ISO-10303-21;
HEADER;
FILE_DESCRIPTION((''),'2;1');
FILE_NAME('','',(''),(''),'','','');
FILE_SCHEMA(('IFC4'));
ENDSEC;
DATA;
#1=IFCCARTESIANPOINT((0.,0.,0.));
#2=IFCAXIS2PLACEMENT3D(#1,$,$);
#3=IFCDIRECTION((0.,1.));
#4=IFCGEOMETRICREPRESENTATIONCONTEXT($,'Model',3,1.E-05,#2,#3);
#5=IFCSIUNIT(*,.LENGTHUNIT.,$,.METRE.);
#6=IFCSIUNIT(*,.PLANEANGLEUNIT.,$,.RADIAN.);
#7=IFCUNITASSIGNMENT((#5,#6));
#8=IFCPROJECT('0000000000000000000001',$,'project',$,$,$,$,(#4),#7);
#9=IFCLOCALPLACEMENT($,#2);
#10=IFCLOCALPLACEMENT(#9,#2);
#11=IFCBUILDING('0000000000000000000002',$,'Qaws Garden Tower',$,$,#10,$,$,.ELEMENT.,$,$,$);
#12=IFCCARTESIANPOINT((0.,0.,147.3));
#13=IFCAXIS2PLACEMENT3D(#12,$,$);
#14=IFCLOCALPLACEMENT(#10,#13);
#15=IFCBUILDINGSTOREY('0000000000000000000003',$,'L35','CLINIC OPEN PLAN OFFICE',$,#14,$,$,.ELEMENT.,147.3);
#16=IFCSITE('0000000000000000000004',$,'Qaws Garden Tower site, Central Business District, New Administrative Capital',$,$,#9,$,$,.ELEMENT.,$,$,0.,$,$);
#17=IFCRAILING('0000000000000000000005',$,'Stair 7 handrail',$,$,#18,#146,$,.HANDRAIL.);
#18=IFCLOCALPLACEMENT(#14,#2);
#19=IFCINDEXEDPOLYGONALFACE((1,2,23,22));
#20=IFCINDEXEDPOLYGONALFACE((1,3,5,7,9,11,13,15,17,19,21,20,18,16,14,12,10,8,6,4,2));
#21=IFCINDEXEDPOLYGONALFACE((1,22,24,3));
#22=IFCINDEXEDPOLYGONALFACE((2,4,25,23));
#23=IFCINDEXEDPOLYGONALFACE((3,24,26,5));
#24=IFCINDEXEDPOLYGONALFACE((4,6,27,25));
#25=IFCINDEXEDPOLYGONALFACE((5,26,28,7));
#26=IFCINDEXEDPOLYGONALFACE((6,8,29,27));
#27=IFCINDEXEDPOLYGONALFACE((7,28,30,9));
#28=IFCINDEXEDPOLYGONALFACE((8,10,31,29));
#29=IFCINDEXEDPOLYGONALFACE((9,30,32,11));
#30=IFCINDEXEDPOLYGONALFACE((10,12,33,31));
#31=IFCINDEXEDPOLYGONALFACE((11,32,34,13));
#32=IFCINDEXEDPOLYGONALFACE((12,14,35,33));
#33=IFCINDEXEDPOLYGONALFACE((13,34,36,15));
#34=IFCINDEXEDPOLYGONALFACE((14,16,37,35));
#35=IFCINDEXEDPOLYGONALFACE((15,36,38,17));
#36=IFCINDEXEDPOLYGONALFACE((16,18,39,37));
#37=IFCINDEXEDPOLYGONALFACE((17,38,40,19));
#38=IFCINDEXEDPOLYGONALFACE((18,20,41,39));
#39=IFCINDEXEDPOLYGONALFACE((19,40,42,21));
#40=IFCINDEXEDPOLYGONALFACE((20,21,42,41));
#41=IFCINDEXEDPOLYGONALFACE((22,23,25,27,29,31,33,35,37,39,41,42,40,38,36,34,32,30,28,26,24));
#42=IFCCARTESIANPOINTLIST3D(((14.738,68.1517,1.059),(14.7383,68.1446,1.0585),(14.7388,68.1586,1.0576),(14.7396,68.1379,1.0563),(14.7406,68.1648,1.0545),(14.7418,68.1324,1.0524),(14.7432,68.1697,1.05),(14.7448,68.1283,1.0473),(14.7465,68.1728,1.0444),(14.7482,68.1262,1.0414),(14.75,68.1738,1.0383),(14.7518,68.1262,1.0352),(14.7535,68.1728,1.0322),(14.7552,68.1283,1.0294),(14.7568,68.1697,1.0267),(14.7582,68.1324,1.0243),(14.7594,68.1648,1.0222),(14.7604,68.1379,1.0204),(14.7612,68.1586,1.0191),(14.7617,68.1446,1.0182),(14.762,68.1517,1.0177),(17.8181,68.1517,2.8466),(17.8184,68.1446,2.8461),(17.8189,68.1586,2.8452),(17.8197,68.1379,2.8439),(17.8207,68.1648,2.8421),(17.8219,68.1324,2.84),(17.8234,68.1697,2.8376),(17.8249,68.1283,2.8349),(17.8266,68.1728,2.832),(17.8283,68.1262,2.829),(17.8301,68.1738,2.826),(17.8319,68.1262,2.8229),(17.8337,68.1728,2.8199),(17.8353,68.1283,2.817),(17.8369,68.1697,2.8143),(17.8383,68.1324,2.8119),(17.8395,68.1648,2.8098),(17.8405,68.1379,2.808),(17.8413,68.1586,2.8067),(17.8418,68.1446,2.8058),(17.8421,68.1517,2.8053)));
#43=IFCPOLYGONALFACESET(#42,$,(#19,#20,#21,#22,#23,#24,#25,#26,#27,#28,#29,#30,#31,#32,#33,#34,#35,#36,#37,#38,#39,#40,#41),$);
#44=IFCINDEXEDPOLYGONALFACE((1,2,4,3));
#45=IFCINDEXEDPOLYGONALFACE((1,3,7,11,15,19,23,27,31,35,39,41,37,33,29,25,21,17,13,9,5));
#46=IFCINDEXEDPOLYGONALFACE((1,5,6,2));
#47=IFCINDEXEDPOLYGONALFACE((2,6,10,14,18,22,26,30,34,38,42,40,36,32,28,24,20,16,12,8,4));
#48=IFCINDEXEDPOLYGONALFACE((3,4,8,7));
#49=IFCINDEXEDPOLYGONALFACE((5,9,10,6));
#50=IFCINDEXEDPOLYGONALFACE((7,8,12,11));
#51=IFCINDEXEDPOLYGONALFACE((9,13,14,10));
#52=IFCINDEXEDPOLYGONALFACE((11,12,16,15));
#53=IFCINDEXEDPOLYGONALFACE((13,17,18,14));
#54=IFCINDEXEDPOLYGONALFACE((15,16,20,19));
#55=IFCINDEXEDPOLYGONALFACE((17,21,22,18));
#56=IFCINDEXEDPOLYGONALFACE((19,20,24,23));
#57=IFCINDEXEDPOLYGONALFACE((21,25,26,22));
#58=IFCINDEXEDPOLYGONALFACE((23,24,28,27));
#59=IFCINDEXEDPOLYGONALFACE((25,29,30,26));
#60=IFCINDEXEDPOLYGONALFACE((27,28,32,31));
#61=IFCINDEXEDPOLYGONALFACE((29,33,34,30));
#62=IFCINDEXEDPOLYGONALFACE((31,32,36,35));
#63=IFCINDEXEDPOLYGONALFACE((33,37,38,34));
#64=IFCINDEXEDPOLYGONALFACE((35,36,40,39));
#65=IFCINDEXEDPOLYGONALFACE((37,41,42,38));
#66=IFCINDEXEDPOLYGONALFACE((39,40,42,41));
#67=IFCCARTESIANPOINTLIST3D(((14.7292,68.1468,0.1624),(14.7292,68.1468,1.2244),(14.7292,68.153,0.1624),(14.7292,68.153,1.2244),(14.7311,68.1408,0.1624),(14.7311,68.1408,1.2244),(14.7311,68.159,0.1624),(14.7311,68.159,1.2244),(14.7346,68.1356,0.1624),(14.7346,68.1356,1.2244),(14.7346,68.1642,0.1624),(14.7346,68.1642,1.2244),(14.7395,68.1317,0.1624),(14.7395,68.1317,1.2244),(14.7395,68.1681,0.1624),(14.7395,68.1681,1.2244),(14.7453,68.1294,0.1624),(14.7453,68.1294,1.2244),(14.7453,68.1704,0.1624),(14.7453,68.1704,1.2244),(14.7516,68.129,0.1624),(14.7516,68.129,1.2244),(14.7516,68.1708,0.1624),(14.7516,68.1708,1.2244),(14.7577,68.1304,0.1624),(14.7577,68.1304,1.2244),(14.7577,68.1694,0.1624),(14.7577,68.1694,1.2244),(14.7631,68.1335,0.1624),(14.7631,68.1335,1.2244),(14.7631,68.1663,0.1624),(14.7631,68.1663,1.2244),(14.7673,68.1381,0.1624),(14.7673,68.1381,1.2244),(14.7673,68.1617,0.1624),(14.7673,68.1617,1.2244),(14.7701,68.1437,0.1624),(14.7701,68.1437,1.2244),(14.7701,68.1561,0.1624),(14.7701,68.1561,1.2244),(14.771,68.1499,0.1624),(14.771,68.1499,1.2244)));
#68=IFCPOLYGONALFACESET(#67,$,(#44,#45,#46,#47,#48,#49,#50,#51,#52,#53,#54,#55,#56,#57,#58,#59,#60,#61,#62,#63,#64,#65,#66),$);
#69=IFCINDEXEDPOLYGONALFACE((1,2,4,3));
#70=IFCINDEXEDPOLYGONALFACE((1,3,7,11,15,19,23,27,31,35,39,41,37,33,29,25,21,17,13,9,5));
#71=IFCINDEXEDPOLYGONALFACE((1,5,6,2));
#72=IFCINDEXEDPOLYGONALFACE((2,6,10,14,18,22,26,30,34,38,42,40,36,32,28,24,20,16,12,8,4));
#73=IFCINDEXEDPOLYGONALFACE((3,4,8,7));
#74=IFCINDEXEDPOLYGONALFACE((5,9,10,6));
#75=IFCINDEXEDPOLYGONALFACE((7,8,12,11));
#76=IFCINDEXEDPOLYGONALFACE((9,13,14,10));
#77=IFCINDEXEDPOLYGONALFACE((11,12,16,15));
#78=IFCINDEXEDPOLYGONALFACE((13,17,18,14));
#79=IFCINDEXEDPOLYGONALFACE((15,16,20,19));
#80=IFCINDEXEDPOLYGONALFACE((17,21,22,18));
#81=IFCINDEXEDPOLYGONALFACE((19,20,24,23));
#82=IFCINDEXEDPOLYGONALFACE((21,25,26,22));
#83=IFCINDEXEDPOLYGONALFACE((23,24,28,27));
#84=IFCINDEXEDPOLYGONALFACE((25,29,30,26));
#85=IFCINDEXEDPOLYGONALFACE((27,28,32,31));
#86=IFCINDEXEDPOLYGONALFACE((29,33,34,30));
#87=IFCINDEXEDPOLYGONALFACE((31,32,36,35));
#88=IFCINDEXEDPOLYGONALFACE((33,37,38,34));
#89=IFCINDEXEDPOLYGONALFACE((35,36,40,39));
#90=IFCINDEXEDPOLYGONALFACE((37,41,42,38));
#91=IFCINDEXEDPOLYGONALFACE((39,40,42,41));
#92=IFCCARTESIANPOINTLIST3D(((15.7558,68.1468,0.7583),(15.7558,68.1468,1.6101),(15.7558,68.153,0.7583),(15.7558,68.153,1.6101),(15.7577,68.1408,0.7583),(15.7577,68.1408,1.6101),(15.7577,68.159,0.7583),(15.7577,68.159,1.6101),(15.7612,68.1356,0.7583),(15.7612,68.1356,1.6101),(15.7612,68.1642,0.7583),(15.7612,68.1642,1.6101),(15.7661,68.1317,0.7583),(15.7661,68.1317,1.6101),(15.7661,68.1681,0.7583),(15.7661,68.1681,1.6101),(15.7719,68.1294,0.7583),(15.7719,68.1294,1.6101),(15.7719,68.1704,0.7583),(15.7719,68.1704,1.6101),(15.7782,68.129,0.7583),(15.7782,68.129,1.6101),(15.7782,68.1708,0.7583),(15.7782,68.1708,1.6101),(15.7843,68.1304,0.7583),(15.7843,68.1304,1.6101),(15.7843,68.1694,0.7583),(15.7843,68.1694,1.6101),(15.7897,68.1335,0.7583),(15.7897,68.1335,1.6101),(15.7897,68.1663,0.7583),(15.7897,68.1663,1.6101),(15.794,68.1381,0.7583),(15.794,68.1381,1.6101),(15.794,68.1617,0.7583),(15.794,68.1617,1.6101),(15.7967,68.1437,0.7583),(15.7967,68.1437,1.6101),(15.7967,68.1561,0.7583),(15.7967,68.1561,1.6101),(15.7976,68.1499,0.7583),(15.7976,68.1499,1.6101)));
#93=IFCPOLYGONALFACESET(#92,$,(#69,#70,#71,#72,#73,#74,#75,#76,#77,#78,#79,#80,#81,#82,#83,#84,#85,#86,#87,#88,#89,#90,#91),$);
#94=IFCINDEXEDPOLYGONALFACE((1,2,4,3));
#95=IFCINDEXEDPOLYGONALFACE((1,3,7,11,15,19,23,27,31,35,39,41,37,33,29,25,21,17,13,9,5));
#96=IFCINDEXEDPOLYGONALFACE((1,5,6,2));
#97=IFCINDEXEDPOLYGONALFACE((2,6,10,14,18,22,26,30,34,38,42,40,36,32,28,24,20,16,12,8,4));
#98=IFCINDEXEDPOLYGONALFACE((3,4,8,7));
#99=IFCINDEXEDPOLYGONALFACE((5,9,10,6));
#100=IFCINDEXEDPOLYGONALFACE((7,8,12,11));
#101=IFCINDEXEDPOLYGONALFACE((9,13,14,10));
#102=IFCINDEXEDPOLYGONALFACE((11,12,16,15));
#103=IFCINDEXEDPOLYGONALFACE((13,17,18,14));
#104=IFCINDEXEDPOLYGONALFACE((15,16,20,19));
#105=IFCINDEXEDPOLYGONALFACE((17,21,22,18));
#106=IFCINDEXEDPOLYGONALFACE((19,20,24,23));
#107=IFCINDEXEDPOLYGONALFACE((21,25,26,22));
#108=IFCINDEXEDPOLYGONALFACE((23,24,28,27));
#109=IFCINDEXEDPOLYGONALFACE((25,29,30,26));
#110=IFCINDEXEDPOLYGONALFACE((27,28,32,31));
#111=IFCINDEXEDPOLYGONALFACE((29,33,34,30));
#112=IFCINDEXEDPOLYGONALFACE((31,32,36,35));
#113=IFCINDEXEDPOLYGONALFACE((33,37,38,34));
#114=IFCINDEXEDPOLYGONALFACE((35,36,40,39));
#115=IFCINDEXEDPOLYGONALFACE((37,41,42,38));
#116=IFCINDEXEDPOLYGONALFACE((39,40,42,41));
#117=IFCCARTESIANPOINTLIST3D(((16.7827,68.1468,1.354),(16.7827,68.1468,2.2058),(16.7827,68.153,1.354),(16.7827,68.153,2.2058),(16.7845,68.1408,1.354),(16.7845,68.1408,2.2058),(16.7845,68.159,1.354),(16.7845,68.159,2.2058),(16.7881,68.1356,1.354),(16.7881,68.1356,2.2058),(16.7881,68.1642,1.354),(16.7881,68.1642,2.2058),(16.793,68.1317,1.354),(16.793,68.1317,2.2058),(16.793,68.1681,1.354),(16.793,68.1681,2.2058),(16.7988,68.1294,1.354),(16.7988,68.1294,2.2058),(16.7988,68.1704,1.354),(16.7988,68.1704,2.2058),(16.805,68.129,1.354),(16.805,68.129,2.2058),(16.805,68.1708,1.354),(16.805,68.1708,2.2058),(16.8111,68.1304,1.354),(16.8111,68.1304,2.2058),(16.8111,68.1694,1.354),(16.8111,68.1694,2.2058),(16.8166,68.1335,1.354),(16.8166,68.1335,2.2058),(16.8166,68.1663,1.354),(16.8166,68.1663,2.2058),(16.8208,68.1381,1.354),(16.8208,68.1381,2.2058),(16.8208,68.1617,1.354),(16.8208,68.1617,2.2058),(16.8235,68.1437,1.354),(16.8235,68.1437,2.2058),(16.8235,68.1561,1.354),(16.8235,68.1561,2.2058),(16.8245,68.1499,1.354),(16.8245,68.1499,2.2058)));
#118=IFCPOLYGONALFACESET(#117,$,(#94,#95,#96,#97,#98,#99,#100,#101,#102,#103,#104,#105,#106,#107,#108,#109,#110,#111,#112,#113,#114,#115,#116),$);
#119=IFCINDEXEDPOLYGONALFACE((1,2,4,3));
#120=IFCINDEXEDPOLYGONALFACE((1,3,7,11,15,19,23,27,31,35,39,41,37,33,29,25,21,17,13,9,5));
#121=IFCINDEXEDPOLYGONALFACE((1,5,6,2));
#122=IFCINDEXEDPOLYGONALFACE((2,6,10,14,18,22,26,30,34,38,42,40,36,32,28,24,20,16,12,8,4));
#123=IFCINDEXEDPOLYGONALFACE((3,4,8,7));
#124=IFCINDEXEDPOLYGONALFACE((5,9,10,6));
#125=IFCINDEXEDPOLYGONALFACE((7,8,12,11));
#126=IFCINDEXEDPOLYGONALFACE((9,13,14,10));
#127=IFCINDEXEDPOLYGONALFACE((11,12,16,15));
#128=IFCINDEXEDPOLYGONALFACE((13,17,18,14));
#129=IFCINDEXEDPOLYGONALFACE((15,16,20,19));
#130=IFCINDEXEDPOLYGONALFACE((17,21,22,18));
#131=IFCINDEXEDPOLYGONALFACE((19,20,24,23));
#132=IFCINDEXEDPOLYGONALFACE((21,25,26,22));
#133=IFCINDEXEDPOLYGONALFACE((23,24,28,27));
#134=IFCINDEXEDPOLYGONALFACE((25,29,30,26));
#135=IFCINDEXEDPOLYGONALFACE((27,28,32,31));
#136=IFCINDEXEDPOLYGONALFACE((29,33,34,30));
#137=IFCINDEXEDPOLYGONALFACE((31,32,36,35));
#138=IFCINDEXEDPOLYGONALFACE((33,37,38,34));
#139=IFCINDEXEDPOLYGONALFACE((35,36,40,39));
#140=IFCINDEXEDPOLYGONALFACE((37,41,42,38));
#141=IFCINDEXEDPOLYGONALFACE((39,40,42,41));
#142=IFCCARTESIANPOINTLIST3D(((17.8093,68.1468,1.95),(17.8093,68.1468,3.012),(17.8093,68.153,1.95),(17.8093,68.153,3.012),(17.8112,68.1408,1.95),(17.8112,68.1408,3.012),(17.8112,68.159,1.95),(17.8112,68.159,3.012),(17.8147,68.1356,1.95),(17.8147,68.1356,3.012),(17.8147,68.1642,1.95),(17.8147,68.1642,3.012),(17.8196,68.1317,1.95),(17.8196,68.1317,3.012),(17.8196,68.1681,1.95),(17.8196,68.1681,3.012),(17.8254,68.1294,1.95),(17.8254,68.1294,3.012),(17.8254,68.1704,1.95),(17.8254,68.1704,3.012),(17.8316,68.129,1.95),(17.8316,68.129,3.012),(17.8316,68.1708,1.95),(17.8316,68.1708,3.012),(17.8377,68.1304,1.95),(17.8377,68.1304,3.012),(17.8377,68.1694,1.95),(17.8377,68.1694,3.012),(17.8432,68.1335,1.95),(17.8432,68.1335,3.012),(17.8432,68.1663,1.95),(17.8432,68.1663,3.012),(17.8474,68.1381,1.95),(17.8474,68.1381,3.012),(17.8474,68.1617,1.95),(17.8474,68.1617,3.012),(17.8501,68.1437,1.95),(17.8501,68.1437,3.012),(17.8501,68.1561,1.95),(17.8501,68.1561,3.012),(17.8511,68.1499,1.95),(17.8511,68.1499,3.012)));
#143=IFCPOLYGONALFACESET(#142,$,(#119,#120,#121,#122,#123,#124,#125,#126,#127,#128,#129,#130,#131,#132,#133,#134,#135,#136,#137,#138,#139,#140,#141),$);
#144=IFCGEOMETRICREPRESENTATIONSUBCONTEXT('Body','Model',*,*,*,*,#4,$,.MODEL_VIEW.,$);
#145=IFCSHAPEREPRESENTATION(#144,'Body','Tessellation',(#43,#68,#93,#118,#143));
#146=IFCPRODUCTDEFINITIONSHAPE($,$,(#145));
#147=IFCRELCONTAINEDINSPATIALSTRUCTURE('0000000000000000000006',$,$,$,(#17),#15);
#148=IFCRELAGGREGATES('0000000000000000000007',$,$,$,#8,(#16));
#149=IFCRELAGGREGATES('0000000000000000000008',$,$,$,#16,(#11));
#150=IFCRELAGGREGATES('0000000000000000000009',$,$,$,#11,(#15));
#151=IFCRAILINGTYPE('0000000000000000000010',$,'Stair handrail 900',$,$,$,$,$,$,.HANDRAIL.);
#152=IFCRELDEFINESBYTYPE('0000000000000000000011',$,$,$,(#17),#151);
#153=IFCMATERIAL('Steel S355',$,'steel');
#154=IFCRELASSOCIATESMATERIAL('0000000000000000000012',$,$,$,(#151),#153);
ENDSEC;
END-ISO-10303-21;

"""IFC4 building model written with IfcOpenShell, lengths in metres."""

from ifc_helpers import new_model, si_unit, direction, frame, origin, origin_2d, place, context, subcontext, project, spatial, circle, extrude, material, type_object, element, save


model = new_model("IFC4")

# Units and contexts
model_context = context("Model", 3, precision=1e-05, world=origin(), true_north=direction((0.0, 1.0)))
body_context = subcontext(model_context, "Body", "Model", "MODEL_VIEW")
ifc_project = project(units=[si_unit("LENGTHUNIT", "METRE"), si_unit("PLANEANGLEUNIT", "RADIAN")], contexts=[model_context])

# Site, building, storey
site_placement = place(None, origin())
site = spatial("IfcSite", under=ifc_project, at=site_placement, Name="Qaws Garden Tower site, Central Business District, New Administrative Capital", CompositionType="ELEMENT", RefElevation=0.0)
building_placement = place(site_placement, origin())
building = spatial("IfcBuilding", under=site, at=building_placement, Name="Qaws Garden Tower", CompositionType="ELEMENT")
storey_placement = place(building_placement, frame((0.0, 0.0, 147.3)))
storey = spatial("IfcBuildingStorey", under=building, at=storey_placement, Name="L35", Description="CLINIC OPEN PLAN OFFICE", CompositionType="ELEMENT", Elevation=147.3)

# Railing
ifc_material_1 = material(Name="Steel S355", Category="steel")
railing_type = type_object("IfcRailingType", Name="Stair handrail 900", PredefinedType="HANDRAIL", material=ifc_material_1)
railing_1_placement = place(storey_placement, frame((14.75, 68.1499, 0.1624)))
element("IfcRailing", 1, at=railing_1_placement, inside=storey, type_object=railing_type, Name="Stair 7 handrail", PredefinedType="HANDRAIL", context=body_context, shape_type="SweptSolid", body=[
    extrude(circle(Radius=0.0239, at=origin_2d()), frame((0.0, 0.0, 0.876), z_axis=(0.864891, 0.0, 0.50196), x_axis=(0.0, 1.0, 0.0)), (0.0, 0.0, 1.0), 3.5613),
    extrude(circle(Radius=0.021, at=origin_2d()), origin(), (0.0, 0.0, 1.0), 1.062),
    extrude(circle(Radius=0.021, at=origin_2d()), frame((1.0266, 0.0, 0.5959)), (0.0, 0.0, 1.0), 0.8518),
    extrude(circle(Radius=0.021, at=origin_2d()), frame((2.0535, 0.0, 1.1917)), (0.0, 0.0, 1.0), 0.8518),
    extrude(circle(Radius=0.021, at=origin_2d()), frame((3.0801, 0.0, 1.7876)), (0.0, 0.0, 1.0), 1.062),
])

save(model, "model.ifc")
